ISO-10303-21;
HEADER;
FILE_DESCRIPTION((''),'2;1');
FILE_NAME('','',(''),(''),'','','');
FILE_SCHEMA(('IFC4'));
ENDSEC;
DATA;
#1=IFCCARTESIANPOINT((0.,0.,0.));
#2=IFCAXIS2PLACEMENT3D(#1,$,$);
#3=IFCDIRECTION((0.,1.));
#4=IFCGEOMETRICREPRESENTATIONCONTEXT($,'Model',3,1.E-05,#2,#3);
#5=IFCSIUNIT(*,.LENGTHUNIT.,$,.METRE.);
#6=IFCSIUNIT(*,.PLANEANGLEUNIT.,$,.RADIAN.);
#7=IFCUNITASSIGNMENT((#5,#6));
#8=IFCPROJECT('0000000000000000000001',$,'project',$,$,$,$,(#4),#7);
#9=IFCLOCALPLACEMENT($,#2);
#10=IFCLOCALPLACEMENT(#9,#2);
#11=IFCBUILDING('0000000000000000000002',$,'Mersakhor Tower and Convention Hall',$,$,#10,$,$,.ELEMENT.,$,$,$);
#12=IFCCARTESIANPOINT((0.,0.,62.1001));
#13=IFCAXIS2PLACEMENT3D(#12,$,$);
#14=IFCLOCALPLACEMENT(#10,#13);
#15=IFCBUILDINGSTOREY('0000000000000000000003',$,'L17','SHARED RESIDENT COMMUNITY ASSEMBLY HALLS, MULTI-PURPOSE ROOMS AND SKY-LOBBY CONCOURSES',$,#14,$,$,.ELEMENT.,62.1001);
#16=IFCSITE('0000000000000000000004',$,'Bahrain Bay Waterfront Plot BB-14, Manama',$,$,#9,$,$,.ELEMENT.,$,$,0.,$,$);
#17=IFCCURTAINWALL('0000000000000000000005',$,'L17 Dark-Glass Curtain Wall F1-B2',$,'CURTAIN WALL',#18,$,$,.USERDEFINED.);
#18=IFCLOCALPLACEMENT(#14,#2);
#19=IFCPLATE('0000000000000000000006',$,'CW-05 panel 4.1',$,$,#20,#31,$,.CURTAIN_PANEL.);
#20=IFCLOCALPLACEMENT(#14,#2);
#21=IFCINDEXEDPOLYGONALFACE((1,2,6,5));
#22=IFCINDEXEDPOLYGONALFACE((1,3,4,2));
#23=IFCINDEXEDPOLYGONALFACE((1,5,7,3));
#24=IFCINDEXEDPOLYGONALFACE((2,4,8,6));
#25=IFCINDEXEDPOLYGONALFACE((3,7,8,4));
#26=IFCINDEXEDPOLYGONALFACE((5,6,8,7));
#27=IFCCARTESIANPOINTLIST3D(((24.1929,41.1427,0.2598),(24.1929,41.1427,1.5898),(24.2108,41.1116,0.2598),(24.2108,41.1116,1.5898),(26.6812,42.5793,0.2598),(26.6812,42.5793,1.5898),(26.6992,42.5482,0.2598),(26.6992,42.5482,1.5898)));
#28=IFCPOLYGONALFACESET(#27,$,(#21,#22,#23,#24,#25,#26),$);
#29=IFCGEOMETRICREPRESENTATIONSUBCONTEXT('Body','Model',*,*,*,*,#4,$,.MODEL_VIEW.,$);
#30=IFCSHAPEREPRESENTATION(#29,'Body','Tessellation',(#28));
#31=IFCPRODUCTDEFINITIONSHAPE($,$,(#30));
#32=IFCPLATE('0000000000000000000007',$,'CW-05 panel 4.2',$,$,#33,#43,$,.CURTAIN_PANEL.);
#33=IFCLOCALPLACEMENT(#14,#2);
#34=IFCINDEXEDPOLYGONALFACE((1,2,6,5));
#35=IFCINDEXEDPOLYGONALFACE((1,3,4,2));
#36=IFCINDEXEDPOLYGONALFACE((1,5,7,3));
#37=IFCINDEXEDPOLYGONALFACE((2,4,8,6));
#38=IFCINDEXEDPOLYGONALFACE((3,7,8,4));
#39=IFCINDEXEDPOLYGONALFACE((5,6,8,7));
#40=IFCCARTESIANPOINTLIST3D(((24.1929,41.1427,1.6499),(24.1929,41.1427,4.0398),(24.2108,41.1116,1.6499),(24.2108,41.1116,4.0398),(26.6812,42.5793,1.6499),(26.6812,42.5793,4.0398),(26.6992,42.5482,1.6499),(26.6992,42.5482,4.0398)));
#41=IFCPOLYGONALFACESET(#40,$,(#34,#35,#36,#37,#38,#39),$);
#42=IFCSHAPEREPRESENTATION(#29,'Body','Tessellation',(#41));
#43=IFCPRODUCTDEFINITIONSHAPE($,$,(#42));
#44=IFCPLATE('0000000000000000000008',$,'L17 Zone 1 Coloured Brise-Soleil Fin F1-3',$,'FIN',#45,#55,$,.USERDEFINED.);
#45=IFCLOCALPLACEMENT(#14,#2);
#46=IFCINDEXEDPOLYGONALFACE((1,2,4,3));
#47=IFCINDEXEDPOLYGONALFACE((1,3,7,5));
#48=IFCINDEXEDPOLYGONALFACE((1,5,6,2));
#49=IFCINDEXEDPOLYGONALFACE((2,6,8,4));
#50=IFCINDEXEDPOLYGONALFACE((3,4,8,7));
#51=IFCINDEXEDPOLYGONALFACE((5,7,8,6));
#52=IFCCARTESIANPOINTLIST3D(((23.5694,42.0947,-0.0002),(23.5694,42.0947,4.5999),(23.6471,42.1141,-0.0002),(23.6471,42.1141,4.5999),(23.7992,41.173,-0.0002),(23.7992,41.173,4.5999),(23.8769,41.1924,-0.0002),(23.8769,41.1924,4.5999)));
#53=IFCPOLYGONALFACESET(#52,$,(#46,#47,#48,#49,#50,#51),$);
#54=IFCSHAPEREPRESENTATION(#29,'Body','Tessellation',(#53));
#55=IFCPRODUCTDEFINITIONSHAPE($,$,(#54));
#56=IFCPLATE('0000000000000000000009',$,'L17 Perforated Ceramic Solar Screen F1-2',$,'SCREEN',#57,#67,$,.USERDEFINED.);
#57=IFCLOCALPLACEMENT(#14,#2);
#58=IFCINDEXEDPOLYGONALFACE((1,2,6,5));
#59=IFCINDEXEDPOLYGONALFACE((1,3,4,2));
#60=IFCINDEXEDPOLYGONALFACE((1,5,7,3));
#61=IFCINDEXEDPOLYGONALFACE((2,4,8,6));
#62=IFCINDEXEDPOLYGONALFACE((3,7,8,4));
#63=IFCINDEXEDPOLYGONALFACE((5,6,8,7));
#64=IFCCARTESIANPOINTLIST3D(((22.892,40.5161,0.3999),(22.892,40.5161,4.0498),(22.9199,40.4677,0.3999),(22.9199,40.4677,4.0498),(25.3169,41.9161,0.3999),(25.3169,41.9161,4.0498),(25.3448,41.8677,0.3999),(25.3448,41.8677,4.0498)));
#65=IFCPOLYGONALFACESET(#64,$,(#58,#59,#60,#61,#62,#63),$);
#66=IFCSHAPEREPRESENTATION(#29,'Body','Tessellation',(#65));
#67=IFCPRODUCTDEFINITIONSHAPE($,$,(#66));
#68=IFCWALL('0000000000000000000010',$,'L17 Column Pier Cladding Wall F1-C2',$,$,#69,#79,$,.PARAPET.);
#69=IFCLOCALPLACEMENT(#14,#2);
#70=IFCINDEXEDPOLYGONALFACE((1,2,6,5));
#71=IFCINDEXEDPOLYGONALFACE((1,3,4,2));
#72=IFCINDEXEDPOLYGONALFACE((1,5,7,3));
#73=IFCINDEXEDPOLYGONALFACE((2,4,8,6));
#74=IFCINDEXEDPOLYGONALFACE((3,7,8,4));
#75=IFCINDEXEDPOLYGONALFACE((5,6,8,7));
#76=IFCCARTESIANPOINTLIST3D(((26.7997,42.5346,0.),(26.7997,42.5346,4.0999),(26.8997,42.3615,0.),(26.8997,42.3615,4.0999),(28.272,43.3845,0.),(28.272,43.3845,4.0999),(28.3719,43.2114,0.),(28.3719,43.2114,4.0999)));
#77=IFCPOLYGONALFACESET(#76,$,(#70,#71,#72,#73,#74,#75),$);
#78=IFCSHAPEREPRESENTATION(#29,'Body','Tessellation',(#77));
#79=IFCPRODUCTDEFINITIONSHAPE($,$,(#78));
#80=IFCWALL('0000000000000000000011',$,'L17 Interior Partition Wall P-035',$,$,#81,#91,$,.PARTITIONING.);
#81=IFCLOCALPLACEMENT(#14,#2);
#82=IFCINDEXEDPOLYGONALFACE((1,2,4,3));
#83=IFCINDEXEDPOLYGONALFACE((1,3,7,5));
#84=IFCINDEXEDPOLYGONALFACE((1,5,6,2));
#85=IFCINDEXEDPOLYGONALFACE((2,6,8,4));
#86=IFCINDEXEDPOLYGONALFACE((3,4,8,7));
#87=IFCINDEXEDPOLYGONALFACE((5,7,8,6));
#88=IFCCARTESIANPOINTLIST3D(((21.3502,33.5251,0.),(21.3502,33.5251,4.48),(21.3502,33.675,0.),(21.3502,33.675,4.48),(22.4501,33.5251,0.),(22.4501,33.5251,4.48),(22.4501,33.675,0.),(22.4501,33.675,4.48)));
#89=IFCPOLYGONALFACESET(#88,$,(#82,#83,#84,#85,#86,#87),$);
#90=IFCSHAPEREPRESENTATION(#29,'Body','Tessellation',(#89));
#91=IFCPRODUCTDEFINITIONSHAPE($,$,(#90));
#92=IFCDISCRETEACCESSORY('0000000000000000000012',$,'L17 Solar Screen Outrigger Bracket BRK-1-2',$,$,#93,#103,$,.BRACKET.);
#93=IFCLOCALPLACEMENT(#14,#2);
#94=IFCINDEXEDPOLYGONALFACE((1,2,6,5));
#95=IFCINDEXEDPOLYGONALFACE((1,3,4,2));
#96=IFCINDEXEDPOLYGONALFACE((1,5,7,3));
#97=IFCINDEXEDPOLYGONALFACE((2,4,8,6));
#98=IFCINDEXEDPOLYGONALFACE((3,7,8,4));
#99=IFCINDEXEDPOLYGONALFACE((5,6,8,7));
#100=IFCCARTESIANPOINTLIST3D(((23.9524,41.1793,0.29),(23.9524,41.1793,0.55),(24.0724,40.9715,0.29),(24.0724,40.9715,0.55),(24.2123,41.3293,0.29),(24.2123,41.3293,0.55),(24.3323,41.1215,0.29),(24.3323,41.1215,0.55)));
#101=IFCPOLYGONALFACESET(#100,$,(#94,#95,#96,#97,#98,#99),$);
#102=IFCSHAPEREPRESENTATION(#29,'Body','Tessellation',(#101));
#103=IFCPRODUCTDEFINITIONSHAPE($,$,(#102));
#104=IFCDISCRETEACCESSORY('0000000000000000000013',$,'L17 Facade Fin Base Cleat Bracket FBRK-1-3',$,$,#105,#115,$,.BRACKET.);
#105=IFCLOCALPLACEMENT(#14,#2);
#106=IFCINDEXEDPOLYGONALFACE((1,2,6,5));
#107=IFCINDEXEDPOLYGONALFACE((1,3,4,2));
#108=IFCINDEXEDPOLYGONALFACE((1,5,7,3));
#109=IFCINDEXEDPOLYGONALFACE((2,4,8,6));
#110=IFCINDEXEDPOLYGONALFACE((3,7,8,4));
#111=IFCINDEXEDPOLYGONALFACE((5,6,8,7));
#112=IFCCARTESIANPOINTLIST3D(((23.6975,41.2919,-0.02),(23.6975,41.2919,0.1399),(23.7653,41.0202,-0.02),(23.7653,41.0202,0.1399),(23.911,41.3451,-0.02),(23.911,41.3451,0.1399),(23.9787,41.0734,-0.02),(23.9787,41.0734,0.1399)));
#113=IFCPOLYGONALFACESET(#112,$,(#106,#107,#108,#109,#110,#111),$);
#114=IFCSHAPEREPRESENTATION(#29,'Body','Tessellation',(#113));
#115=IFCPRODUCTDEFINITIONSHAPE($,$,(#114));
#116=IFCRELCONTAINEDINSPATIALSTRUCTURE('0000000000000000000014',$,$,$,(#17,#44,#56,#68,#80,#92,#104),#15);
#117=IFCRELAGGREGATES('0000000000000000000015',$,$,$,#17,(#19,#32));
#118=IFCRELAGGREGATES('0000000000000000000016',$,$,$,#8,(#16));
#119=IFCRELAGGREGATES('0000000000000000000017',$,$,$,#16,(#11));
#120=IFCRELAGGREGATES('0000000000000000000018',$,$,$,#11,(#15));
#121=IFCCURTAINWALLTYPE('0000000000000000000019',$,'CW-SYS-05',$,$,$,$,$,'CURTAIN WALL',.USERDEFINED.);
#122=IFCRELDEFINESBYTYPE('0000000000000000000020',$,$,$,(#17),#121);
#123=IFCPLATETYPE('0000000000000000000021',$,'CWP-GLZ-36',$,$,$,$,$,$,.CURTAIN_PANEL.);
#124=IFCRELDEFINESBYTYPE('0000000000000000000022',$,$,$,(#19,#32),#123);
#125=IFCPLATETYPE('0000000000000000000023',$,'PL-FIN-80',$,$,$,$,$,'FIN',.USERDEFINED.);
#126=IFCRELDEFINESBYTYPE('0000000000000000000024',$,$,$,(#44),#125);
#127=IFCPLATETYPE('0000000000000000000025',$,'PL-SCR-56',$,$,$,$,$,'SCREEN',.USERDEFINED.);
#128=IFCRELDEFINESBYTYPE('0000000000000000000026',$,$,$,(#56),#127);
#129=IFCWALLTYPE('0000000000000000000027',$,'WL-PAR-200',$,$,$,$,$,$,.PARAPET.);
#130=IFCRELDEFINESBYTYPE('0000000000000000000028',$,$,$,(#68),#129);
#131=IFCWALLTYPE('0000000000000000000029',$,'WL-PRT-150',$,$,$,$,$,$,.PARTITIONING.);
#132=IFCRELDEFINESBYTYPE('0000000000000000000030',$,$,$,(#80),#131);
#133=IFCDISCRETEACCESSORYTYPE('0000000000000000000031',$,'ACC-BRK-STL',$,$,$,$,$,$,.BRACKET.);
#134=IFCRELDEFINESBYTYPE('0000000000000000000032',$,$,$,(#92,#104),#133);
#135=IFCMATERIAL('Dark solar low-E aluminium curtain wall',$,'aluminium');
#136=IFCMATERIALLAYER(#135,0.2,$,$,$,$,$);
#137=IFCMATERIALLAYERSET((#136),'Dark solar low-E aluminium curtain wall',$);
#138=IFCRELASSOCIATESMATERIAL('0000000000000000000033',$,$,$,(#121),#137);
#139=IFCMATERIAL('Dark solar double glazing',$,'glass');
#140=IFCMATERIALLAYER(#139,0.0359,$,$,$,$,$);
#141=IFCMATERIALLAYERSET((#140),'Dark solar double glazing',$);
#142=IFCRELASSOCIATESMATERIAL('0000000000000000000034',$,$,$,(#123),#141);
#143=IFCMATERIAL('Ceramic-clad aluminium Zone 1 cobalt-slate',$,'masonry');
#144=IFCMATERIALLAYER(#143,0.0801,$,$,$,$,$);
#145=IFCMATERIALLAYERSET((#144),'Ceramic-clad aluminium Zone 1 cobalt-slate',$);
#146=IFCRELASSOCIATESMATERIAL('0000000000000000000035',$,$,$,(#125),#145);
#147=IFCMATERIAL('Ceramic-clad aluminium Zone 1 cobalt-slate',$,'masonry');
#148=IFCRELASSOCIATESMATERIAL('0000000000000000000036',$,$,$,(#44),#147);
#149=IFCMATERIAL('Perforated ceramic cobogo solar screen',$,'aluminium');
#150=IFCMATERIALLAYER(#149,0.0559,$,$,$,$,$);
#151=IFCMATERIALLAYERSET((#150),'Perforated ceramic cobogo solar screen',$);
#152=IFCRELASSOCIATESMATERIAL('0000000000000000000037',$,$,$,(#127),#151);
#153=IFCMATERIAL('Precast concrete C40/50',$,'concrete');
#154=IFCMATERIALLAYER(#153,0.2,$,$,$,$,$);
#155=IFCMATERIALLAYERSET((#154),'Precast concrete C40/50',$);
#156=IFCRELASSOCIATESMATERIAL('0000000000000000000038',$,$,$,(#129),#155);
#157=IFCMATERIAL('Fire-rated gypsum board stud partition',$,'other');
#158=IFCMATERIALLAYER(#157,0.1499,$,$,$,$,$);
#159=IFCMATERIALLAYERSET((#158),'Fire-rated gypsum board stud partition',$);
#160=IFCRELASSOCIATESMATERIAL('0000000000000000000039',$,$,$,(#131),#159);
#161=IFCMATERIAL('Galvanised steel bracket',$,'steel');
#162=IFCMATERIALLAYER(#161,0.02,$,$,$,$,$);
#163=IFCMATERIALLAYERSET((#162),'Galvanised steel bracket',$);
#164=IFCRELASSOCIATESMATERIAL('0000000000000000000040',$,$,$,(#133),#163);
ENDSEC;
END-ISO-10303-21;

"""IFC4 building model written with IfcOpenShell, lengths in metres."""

from ifc_helpers import new_model, si_unit, direction, frame, frame_2d, origin, origin_2d, place, context, subcontext, project, spatial, rectangle, extrude, material, layer, layer_set, type_object, element, aggregate, save


model = new_model("IFC4")

# Units and contexts
model_context = context("Model", 3, precision=1e-05, world=origin(), true_north=direction((0.0, 1.0)))
body_context = subcontext(model_context, "Body", "Model", "MODEL_VIEW")
ifc_project = project(units=[si_unit("LENGTHUNIT", "METRE"), si_unit("PLANEANGLEUNIT", "RADIAN")], contexts=[model_context])

# Site, building, storey
site_placement = place(None, origin())
site = spatial("IfcSite", under=ifc_project, at=site_placement, Name="Bahrain Bay Waterfront Plot BB-14, Manama", CompositionType="ELEMENT", RefElevation=0.0)
building_placement = place(site_placement, origin())
building = spatial("IfcBuilding", under=site, at=building_placement, Name="Mersakhor Tower and Convention Hall", CompositionType="ELEMENT")
storey_placement = place(building_placement, frame((0.0, 0.0, 62.1001)))
storey = spatial("IfcBuildingStorey", under=building, at=storey_placement, Name="L17", Description="SHARED RESIDENT COMMUNITY ASSEMBLY HALLS, MULTI-PURPOSE ROOMS AND SKY-LOBBY CONCOURSES", CompositionType="ELEMENT", Elevation=62.1001)

# Curtain wall, plates
ifc_material_1 = material(Name="Dark solar low-E aluminium curtain wall", Category="aluminium")
ifc_layer_1 = layer(ifc_material_1, 0.2)
ifc_layer_set_1 = layer_set([ifc_layer_1], Name="Dark solar low-E aluminium curtain wall")
curtain_wall_type = type_object("IfcCurtainWallType", Name="CW-SYS-05", ElementType="CURTAIN WALL", PredefinedType="USERDEFINED", material=ifc_layer_set_1)
curtain_wall_placement = place(storey_placement, origin())
curtain_wall = element("IfcCurtainWall", 1, at=curtain_wall_placement, inside=storey, type_object=curtain_wall_type, Name="L17 Dark-Glass Curtain Wall F1-B2", ObjectType="CURTAIN WALL", PredefinedType="USERDEFINED")
ifc_material_2 = material(Name="Dark solar double glazing", Category="glass")
ifc_layer_2 = layer(ifc_material_2, 0.0359)
ifc_layer_set_2 = layer_set([ifc_layer_2], Name="Dark solar double glazing")
plate_type_1 = type_object("IfcPlateType", Name="CWP-GLZ-36", PredefinedType="CURTAIN_PANEL", material=ifc_layer_set_2)
plate_1_placement = place(storey_placement, frame((25.446, 41.8455, 0.2598), z_axis=(0.0, 0.0, 1.0), x_axis=(0.866023, 0.500003, 0.0)))
plate_1 = element("IfcPlate", 2, at=plate_1_placement, type_object=plate_type_1, Name="CW-05 panel 4.1", PredefinedType="CURTAIN_PANEL", context=body_context, shape_type="SweptSolid", body=[
    extrude(rectangle(XDim=2.8733, YDim=0.0359, at=origin_2d()), origin(), (0.0, 0.0, 1.0), 1.3301),
])
plate_2_placement = place(storey_placement, frame((25.446, 41.8455, 1.6499), z_axis=(0.0, 0.0, 1.0), x_axis=(0.866023, 0.500003, 0.0)))
plate_2 = element("IfcPlate", 3, at=plate_2_placement, type_object=plate_type_1, Name="CW-05 panel 4.2", PredefinedType="CURTAIN_PANEL", context=body_context, shape_type="SweptSolid", body=[
    extrude(rectangle(XDim=2.8733, YDim=0.0359, at=origin_2d()), origin(), (0.0, 0.0, 1.0), 2.3899),
])
aggregate(curtain_wall, [plate_1, plate_2])

# Plates
ifc_material_3 = material(Name="Ceramic-clad aluminium Zone 1 cobalt-slate", Category="masonry")
ifc_material_4 = material(Name="Ceramic-clad aluminium Zone 1 cobalt-slate", Category="masonry")
ifc_layer_3 = layer(ifc_material_4, 0.0801)
ifc_layer_set_3 = layer_set([ifc_layer_3], Name="Ceramic-clad aluminium Zone 1 cobalt-slate")
plate_type_2 = type_object("IfcPlateType", Name="PL-FIN-80", ElementType="FIN", PredefinedType="USERDEFINED", material=ifc_layer_set_3)
plate_3_placement = place(storey_placement, frame((23.7231, 41.6436, -0.0002), z_axis=(0.0, 0.0, 1.0), x_axis=(-0.241922, 0.970296, 0.0)))
element("IfcPlate", 4, at=plate_3_placement, inside=storey, type_object=plate_type_2, material=ifc_material_3, Name="L17 Zone 1 Coloured Brise-Soleil Fin F1-3", ObjectType="FIN", PredefinedType="USERDEFINED", context=body_context, shape_type="SweptSolid", body=[
    extrude(rectangle(XDim=0.95, YDim=0.0801, at=origin_2d()), origin(), (0.0, 0.0, 1.0), 4.6001),
])
ifc_material_5 = material(Name="Perforated ceramic cobogo solar screen", Category="aluminium")
ifc_layer_4 = layer(ifc_material_5, 0.0559)
ifc_layer_set_4 = layer_set([ifc_layer_4], Name="Perforated ceramic cobogo solar screen")
plate_type_3 = type_object("IfcPlateType", Name="PL-SCR-56", ElementType="SCREEN", PredefinedType="USERDEFINED", material=ifc_layer_set_4)
plate_4_placement = place(storey_placement, frame((24.1184, 41.1919, 0.3999), z_axis=(0.0, 0.0, 1.0), x_axis=(0.866025, 0.5, 0.0)))
element("IfcPlate", 5, at=plate_4_placement, inside=storey, type_object=plate_type_3, Name="L17 Perforated Ceramic Solar Screen F1-2", ObjectType="SCREEN", PredefinedType="USERDEFINED", context=body_context, shape_type="SweptSolid", body=[
    extrude(rectangle(XDim=2.8, YDim=0.0559, at=origin_2d()), origin(), (0.0, 0.0, 1.0), 3.6499),
])

# Walls
ifc_material_6 = material(Name="Precast concrete C40/50", Category="concrete")
ifc_layer_5 = layer(ifc_material_6, 0.2)
ifc_layer_set_5 = layer_set([ifc_layer_5], Name="Precast concrete C40/50")
wall_type_1 = type_object("IfcWallType", Name="WL-PAR-200", PredefinedType="PARAPET", material=ifc_layer_set_5)
wall_1_placement = place(storey_placement, frame((26.8496, 42.448, 0.0), z_axis=(0.0, 0.0, 1.0), x_axis=(0.866052, 0.499955, 0.0)))
element("IfcWall", 6, at=wall_1_placement, inside=storey, type_object=wall_type_1, Name="L17 Column Pier Cladding Wall F1-C2", PredefinedType="PARAPET", context=body_context, shape_type="SweptSolid", body=[
    extrude(rectangle(XDim=1.7, YDim=0.2, at=frame_2d((0.8501, 0.0))), origin(), (0.0, 0.0, 1.0), 4.0999),
])
ifc_material_7 = material(Name="Fire-rated gypsum board stud partition", Category="other")
ifc_layer_6 = layer(ifc_material_7, 0.1499)
ifc_layer_set_6 = layer_set([ifc_layer_6], Name="Fire-rated gypsum board stud partition")
wall_type_2 = type_object("IfcWallType", Name="WL-PRT-150", PredefinedType="PARTITIONING", material=ifc_layer_set_6)
wall_2_placement = place(storey_placement, frame((22.45, 33.6001, 0.0), z_axis=(0.0, 0.0, 1.0), x_axis=(-1.0, 0.0, 0.0)))
element("IfcWall", 7, at=wall_2_placement, inside=storey, type_object=wall_type_2, Name="L17 Interior Partition Wall P-035", PredefinedType="PARTITIONING", context=body_context, shape_type="SweptSolid", body=[
    extrude(rectangle(XDim=1.0999, YDim=0.1499, at=frame_2d((0.5498, 0.0))), origin(), (0.0, 0.0, 1.0), 4.48),
])

# Discrete accessories
ifc_material_8 = material(Name="Galvanised steel bracket", Category="steel")
ifc_layer_7 = layer(ifc_material_8, 0.02)
ifc_layer_set_7 = layer_set([ifc_layer_7], Name="Galvanised steel bracket")
discrete_accessory_type = type_object("IfcDiscreteAccessoryType", Name="ACC-BRK-STL", PredefinedType="BRACKET", material=ifc_layer_set_7)
discrete_accessory_1_placement = place(storey_placement, frame((24.1423, 41.1504, 0.29), z_axis=(0.0, 0.0, 1.0), x_axis=(0.866025, 0.5, 0.0)))
element("IfcDiscreteAccessory", 8, at=discrete_accessory_1_placement, inside=storey, type_object=discrete_accessory_type, Name="L17 Solar Screen Outrigger Bracket BRK-1-2", PredefinedType="BRACKET", context=body_context, shape_type="SweptSolid", body=[
    extrude(rectangle(XDim=0.3, YDim=0.24, at=origin_2d()), origin(), (0.0, 0.0, 1.0), 0.26),
])
discrete_accessory_2_placement = place(storey_placement, frame((23.8381, 41.1826, -0.02), z_axis=(0.0, 0.0, 1.0), x_axis=(-0.241922, 0.970296, 0.0)))
element("IfcDiscreteAccessory", 9, at=discrete_accessory_2_placement, inside=storey, type_object=discrete_accessory_type, Name="L17 Facade Fin Base Cleat Bracket FBRK-1-3", PredefinedType="BRACKET", context=body_context, shape_type="SweptSolid", body=[
    extrude(rectangle(XDim=0.28, YDim=0.22, at=origin_2d()), origin(), (0.0, 0.0, 1.0), 0.1599),
])

save(model, "model.ifc")
